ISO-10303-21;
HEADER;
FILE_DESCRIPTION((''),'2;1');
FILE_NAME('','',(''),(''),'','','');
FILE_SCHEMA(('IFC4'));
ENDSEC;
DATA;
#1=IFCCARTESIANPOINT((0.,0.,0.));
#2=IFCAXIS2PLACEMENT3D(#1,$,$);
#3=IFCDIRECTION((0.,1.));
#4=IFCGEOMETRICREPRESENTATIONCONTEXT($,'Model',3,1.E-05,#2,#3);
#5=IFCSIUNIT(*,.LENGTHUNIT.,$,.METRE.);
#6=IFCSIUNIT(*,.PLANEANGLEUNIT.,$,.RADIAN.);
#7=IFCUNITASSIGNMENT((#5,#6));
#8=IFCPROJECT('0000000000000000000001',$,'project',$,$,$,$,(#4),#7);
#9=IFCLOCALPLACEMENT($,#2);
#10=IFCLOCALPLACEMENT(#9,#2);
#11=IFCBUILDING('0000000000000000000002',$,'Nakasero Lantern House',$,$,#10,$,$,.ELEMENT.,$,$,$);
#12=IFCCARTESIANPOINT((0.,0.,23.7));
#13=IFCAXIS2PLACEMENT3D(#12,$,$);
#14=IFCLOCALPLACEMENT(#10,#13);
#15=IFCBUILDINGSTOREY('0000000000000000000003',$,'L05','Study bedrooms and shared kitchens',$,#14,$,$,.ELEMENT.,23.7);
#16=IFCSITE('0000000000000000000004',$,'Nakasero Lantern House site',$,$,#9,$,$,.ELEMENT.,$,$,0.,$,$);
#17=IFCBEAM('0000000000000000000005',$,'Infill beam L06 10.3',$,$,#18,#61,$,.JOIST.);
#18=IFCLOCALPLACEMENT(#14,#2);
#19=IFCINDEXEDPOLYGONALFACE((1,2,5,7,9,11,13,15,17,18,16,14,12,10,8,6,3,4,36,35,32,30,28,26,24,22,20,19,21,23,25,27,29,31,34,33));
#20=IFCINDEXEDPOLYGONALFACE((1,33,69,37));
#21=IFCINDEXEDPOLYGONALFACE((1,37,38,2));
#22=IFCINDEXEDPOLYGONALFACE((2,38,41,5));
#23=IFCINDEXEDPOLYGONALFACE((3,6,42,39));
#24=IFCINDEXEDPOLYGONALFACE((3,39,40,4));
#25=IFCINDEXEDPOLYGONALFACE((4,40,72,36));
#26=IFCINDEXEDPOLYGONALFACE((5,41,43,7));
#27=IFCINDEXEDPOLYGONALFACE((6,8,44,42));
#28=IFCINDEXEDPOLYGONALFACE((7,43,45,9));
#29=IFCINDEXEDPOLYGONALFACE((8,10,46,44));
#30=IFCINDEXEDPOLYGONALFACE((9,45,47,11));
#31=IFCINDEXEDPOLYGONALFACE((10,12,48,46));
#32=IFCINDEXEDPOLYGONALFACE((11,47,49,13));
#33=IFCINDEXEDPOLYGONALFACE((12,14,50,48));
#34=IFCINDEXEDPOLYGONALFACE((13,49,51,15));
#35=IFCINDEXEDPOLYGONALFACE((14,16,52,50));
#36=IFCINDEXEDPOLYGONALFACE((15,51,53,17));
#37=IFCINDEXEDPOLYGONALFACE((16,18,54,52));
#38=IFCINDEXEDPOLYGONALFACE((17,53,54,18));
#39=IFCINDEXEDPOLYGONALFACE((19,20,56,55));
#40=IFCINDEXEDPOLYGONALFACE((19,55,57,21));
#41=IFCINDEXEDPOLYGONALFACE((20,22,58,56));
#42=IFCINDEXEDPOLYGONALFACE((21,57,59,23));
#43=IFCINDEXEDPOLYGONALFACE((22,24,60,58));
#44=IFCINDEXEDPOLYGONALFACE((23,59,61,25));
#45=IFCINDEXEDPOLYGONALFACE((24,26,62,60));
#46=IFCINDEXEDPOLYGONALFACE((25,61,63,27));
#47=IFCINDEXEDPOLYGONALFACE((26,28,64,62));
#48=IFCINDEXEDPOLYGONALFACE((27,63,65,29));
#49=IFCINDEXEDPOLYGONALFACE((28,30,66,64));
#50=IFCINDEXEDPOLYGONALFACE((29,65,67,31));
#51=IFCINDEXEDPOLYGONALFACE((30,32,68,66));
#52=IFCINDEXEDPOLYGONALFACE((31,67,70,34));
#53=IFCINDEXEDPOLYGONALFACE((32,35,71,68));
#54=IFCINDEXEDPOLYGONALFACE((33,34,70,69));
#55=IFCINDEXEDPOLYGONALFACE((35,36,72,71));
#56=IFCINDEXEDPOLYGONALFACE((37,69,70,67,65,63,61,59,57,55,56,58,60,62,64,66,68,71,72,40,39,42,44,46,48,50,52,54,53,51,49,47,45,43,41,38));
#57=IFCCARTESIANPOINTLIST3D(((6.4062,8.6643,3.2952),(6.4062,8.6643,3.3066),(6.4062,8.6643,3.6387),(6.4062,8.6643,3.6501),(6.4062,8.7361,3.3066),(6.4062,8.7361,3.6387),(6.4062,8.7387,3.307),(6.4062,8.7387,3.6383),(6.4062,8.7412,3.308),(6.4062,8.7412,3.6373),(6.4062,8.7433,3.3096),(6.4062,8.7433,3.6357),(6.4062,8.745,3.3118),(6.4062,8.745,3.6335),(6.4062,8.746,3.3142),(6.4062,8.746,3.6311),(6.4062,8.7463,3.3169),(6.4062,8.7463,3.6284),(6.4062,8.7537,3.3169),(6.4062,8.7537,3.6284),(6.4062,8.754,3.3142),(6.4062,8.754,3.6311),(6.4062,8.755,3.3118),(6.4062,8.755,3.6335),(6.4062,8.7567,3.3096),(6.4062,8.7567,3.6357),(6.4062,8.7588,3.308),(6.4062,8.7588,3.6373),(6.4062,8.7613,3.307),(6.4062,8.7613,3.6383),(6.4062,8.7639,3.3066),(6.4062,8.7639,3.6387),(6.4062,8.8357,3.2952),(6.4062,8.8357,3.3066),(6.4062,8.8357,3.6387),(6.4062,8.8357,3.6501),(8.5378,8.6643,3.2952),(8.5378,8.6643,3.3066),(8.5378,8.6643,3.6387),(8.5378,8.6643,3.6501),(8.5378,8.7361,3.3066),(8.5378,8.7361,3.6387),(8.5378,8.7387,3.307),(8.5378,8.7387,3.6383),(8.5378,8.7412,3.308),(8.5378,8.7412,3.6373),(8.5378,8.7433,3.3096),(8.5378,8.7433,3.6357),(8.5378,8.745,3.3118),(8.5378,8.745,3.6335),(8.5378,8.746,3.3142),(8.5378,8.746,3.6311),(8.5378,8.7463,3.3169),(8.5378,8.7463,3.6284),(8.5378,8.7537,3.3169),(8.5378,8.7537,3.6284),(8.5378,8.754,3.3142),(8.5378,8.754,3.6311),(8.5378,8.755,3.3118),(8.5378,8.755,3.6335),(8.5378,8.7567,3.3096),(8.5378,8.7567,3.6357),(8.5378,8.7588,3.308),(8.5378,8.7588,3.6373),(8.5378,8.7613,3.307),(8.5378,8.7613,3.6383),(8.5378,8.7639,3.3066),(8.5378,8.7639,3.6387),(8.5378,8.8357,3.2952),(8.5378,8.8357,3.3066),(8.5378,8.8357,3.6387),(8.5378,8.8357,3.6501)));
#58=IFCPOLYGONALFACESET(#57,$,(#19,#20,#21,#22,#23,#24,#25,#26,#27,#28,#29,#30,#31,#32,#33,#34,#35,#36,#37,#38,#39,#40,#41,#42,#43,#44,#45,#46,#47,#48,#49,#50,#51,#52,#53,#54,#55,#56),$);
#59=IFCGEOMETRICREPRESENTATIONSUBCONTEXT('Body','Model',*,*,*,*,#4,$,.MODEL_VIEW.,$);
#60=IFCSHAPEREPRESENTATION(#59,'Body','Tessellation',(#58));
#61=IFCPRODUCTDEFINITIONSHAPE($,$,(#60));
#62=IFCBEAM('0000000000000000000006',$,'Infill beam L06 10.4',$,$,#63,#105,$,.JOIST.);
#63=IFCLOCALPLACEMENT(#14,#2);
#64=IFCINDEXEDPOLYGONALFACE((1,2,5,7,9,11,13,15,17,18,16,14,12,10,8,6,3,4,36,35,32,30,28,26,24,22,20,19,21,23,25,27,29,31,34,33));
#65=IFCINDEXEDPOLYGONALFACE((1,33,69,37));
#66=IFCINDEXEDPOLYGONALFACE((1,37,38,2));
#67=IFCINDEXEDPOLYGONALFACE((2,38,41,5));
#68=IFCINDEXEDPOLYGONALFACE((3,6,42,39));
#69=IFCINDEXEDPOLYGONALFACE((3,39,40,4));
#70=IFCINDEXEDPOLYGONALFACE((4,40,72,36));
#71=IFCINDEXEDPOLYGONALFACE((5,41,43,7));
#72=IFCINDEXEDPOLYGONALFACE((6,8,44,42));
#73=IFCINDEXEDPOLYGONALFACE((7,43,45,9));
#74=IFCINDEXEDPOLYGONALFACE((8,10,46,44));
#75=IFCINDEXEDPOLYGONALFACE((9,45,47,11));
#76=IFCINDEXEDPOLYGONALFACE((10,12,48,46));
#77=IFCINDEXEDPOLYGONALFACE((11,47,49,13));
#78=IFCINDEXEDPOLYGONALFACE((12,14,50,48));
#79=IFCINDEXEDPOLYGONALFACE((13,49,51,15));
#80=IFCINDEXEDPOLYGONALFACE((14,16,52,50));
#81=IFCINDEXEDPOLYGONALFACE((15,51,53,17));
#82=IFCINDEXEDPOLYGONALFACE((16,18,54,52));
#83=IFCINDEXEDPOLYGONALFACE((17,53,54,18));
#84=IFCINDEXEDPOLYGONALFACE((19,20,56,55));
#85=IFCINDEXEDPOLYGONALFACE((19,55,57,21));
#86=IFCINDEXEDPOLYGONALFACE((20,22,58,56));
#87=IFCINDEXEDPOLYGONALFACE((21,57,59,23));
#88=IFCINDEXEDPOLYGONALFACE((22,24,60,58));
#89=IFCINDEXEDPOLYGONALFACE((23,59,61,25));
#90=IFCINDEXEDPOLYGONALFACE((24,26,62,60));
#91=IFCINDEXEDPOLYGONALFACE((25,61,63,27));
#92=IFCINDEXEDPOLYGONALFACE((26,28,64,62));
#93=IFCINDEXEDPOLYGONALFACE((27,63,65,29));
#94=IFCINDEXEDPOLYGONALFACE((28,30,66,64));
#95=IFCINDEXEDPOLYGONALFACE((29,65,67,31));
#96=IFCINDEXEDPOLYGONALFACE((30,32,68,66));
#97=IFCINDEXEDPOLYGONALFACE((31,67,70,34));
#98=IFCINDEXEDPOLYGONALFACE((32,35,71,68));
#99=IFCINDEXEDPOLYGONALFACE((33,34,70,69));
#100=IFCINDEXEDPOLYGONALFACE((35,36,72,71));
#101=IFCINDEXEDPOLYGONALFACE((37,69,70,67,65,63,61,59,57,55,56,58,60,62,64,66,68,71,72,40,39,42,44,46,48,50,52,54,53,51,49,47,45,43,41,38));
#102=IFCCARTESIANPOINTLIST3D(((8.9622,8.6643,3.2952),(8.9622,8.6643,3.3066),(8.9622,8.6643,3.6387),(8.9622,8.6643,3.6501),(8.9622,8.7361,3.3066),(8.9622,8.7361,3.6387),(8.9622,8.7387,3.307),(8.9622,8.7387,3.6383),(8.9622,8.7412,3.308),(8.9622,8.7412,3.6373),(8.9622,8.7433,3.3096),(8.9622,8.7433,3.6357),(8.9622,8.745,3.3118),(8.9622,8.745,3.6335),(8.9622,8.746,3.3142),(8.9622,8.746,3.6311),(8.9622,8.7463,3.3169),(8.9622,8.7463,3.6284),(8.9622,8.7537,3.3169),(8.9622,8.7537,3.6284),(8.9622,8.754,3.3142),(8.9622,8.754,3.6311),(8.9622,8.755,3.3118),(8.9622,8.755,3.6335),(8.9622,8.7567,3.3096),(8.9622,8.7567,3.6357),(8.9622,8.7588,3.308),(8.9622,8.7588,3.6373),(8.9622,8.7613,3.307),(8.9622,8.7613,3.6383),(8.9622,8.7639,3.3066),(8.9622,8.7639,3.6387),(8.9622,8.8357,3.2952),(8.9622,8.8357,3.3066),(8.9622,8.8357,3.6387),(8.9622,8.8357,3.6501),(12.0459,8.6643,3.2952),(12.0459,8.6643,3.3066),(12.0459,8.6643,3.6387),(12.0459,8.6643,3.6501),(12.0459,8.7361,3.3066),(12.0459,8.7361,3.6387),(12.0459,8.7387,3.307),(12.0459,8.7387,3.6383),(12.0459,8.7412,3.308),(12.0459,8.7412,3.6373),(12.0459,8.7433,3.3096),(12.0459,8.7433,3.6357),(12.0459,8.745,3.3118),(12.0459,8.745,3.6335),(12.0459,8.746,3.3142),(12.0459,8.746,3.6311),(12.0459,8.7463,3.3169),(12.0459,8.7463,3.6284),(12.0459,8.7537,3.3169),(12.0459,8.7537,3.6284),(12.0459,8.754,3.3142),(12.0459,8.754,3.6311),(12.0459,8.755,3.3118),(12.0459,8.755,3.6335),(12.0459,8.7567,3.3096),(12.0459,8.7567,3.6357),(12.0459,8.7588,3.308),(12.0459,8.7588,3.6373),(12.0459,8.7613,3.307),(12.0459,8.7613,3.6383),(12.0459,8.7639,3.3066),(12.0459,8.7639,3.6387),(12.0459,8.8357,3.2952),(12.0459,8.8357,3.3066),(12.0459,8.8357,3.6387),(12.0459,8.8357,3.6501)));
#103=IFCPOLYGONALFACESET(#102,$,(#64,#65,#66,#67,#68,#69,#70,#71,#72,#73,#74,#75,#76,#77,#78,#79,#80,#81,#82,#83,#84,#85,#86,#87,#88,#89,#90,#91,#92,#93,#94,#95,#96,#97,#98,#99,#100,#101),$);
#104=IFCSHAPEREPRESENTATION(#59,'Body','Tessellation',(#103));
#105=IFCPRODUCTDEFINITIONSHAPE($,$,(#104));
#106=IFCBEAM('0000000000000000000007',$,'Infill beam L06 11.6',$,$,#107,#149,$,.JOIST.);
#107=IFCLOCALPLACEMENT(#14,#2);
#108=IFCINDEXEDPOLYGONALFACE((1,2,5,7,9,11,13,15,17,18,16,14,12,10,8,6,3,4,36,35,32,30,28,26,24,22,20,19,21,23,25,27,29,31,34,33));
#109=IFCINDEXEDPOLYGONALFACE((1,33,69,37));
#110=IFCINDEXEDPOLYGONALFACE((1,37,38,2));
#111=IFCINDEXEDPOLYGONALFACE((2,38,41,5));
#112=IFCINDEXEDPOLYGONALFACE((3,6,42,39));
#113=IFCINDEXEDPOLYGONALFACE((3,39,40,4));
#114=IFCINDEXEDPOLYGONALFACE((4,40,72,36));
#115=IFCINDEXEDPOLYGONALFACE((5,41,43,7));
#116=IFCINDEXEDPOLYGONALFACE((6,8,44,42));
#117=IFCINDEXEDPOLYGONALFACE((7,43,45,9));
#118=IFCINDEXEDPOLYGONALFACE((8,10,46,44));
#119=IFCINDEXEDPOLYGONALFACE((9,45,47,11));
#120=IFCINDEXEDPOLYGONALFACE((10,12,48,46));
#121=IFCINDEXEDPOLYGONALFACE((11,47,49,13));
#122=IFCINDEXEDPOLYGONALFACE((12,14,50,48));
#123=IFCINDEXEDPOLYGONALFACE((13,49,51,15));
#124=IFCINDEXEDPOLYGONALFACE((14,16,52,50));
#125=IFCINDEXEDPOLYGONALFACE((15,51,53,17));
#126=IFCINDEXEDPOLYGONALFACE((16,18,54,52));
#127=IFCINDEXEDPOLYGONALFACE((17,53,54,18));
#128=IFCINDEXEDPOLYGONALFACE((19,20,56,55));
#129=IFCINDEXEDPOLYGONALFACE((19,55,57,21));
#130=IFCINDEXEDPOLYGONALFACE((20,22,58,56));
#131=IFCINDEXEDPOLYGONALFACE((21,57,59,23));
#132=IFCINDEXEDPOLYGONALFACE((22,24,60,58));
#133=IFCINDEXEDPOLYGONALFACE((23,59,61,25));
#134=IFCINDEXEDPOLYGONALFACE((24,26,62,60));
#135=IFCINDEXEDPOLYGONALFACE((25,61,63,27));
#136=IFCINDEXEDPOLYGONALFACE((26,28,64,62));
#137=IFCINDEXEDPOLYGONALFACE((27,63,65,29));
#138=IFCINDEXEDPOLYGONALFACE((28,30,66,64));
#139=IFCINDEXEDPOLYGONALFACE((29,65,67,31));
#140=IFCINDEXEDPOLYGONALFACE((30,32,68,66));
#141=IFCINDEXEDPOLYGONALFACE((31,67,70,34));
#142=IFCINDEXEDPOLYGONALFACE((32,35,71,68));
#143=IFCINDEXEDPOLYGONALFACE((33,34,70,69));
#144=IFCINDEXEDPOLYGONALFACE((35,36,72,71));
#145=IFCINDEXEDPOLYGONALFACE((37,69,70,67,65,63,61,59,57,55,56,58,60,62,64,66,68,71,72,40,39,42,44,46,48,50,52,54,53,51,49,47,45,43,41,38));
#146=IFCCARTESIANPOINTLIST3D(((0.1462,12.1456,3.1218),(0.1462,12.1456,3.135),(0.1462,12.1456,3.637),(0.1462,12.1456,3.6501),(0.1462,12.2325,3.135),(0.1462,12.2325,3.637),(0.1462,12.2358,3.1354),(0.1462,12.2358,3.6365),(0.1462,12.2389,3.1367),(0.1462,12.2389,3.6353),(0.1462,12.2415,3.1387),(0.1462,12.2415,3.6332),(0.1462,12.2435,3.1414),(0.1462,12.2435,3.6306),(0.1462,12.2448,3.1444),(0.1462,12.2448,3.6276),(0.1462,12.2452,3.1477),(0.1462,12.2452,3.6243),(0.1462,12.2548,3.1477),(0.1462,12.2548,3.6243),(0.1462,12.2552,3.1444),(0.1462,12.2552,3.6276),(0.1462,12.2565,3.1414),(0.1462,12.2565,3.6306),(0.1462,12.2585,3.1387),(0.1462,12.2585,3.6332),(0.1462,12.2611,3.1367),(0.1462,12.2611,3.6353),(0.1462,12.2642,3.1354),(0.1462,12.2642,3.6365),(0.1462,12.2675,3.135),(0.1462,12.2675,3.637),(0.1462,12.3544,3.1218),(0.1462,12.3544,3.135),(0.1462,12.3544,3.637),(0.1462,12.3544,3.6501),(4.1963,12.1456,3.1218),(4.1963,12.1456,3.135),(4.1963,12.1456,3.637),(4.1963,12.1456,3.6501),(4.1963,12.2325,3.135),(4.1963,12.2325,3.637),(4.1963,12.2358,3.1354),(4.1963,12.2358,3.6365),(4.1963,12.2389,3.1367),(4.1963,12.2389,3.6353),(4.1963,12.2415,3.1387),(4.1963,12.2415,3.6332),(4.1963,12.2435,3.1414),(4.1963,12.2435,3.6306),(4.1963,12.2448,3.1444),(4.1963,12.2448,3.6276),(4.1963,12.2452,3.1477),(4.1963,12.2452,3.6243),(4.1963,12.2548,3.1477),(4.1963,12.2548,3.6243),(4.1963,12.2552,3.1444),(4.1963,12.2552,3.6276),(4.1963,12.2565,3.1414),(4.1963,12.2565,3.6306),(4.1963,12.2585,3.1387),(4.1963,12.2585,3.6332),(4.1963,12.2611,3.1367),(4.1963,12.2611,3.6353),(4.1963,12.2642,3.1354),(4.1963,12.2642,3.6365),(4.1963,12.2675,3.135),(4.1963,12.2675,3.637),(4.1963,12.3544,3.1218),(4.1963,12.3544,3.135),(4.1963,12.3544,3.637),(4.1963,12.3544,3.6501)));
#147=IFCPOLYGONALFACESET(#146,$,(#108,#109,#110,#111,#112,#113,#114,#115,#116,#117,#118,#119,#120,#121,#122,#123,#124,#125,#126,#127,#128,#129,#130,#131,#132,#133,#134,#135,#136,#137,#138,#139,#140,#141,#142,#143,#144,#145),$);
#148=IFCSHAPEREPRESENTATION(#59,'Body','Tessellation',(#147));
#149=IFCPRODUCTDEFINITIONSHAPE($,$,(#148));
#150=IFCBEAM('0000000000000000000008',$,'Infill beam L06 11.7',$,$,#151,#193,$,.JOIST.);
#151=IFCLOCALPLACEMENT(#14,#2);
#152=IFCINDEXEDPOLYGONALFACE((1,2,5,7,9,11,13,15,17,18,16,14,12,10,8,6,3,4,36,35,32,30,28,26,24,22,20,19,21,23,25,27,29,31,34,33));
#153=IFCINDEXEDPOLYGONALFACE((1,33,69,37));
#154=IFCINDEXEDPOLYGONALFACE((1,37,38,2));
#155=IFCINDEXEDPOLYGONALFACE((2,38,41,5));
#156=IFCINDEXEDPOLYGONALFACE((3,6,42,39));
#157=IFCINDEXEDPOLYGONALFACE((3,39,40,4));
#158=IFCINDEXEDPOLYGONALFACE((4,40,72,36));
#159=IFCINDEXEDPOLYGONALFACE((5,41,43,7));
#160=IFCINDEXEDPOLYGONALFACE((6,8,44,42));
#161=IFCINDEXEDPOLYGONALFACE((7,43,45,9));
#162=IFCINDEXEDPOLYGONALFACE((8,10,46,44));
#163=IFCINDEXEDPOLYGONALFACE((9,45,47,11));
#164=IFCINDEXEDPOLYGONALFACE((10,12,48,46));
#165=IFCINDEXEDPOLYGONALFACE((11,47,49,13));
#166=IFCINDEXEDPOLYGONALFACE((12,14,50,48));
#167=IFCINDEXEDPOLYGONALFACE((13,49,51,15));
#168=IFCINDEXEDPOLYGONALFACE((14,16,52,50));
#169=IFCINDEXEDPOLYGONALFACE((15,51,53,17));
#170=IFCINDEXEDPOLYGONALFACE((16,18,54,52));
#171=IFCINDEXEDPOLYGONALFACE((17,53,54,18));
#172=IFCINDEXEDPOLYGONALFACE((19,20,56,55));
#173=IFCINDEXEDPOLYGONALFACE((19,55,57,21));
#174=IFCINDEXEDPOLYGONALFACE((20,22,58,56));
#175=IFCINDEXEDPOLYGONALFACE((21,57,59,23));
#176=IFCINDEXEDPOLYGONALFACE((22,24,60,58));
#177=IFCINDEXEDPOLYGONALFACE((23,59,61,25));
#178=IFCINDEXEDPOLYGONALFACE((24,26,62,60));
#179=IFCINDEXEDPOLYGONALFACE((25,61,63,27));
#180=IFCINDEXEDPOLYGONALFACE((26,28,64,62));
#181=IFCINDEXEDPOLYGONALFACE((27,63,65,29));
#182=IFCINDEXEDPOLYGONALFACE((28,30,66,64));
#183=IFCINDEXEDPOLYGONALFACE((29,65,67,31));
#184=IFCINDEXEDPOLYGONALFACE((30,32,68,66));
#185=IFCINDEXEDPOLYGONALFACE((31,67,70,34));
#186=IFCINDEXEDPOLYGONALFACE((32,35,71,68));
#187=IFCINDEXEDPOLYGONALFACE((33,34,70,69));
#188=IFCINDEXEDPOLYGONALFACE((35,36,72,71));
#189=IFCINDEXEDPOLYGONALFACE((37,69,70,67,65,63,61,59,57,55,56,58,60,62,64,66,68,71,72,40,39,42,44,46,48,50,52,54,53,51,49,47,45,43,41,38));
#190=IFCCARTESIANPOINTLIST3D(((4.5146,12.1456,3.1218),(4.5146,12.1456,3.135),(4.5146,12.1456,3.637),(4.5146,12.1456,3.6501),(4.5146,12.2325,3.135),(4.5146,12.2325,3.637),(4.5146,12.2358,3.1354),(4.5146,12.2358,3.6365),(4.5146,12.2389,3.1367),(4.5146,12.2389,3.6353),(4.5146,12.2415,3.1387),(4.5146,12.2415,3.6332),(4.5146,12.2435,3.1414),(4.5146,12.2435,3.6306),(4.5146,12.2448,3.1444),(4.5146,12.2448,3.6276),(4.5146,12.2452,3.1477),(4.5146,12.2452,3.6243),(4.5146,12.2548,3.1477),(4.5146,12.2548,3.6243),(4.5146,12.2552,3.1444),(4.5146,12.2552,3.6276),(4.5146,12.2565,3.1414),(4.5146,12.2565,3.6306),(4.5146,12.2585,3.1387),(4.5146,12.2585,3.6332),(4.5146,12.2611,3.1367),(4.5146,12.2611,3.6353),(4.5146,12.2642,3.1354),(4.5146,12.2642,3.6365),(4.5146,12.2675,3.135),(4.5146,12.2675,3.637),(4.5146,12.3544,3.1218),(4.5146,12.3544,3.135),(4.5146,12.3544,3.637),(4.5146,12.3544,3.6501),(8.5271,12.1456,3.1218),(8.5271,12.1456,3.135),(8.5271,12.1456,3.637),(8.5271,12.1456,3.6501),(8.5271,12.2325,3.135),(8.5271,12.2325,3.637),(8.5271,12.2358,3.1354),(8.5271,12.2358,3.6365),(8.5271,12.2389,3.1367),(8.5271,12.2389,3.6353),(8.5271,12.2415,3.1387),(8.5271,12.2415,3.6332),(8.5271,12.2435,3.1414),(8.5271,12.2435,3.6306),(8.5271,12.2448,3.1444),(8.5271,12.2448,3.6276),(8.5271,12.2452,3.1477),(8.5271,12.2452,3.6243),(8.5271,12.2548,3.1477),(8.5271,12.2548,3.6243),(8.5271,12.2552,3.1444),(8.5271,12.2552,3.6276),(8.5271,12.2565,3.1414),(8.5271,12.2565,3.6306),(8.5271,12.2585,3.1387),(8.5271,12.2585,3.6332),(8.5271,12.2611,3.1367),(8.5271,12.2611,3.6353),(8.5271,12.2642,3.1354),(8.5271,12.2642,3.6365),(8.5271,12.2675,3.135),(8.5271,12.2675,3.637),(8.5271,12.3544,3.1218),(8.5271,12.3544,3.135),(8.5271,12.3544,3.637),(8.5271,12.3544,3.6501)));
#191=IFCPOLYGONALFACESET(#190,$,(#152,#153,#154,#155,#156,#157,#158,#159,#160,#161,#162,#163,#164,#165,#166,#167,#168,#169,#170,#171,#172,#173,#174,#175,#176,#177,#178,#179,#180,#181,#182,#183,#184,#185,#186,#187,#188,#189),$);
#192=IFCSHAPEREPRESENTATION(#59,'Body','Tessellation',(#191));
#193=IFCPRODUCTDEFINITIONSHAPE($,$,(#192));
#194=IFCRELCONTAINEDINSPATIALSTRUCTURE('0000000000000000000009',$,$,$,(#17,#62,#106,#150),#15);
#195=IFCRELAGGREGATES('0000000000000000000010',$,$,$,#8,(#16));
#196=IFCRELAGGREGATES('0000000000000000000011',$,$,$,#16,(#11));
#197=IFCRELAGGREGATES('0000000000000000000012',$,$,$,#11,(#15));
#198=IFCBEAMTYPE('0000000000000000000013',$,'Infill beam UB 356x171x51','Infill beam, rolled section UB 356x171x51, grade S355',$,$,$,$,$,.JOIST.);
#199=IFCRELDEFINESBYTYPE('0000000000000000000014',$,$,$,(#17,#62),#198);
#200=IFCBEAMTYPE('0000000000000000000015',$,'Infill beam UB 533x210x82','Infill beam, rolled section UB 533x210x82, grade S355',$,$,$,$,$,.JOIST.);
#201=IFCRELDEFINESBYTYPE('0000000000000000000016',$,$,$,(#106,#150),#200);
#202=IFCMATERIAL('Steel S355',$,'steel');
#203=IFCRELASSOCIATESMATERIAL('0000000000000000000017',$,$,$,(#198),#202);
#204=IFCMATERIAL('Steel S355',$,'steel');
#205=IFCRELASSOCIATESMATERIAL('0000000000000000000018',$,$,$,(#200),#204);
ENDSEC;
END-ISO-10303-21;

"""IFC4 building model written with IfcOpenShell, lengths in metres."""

from ifc_helpers import new_model, si_unit, direction, frame, origin, origin_2d, place, context, subcontext, project, spatial, i_section, extrude, material, material_profile, profile_set, type_object, element, save


model = new_model("IFC4")

# Units and contexts
model_context = context("Model", 3, precision=1e-05, world=origin(), true_north=direction((0.0, 1.0)))
body_context = subcontext(model_context, "Body", "Model", "MODEL_VIEW")
ifc_project = project(units=[si_unit("LENGTHUNIT", "METRE"), si_unit("PLANEANGLEUNIT", "RADIAN")], contexts=[model_context])

# Site, building, storey
site_placement = place(None, origin())
site = spatial("IfcSite", under=ifc_project, at=site_placement, Name="Nakasero Lantern House site", CompositionType="ELEMENT", RefElevation=0.0)
building_placement = place(site_placement, origin())
building = spatial("IfcBuilding", under=site, at=building_placement, Name="Nakasero Lantern House", CompositionType="ELEMENT")
storey_placement = place(building_placement, frame((0.0, 0.0, 23.7)))
storey = spatial("IfcBuildingStorey", under=building, at=storey_placement, Name="L05", Description="Study bedrooms and shared kitchens", CompositionType="ELEMENT", Elevation=23.7)

# Beams
ifc_material_1 = material(Name="Steel S355", Category="steel")
ifc_material_profile_1 = material_profile(ifc_material_1, i_section(OverallWidth=0.1714, OverallDepth=0.355, WebThickness=0.0073, FlangeThickness=0.0115, FilletRadius=0.0103, at=origin_2d()), Name="UB 356x171x51")
ifc_profile_set_1 = profile_set([ifc_material_profile_1], Name="Steel S355")
beam_type_1 = type_object("IfcBeamType", Name="Infill beam UB 356x171x51", Description="Infill beam, rolled section UB 356x171x51, grade S355", PredefinedType="JOIST", material=ifc_profile_set_1)
beam_1_placement = place(storey_placement, frame((6.4062, 8.75, 3.4727), z_axis=(1.0, 0.0, 0.0), x_axis=(0.0, 1.0, 0.0)))
element("IfcBeam", 1, at=beam_1_placement, inside=storey, type_object=beam_type_1, Name="Infill beam L06 10.3", PredefinedType="JOIST", context=body_context, shape_type="SweptSolid", body=[
    extrude(i_section(OverallWidth=0.1714, OverallDepth=0.355, WebThickness=0.0073, FlangeThickness=0.0115, FilletRadius=0.0103, at=origin_2d()), origin(), (0.0, 0.0, 1.0), 2.1316),
])
beam_2_placement = place(storey_placement, frame((8.9622, 8.75, 3.4727), z_axis=(1.0, 0.0, 0.0), x_axis=(0.0, 1.0, 0.0)))
element("IfcBeam", 2, at=beam_2_placement, inside=storey, type_object=beam_type_1, Name="Infill beam L06 10.4", PredefinedType="JOIST", context=body_context, shape_type="SweptSolid", body=[
    extrude(i_section(OverallWidth=0.1714, OverallDepth=0.355, WebThickness=0.0073, FlangeThickness=0.0115, FilletRadius=0.0103, at=origin_2d()), origin(), (0.0, 0.0, 1.0), 3.0837),
])
ifc_material_2 = material(Name="Steel S355", Category="steel")
ifc_material_profile_2 = material_profile(ifc_material_2, i_section(OverallWidth=0.2087, OverallDepth=0.5283, WebThickness=0.0095, FlangeThickness=0.0132, FilletRadius=0.0127, at=origin_2d()), Name="UB 533x210x82")
ifc_profile_set_2 = profile_set([ifc_material_profile_2], Name="Steel S355")
beam_type_2 = type_object("IfcBeamType", Name="Infill beam UB 533x210x82", Description="Infill beam, rolled section UB 533x210x82, grade S355", PredefinedType="JOIST", material=ifc_profile_set_2)
beam_3_placement = place(storey_placement, frame((0.1462, 12.25, 3.386), z_axis=(1.0, 0.0, 0.0), x_axis=(0.0, 1.0, 0.0)))
element("IfcBeam", 3, at=beam_3_placement, inside=storey, type_object=beam_type_2, Name="Infill beam L06 11.6", PredefinedType="JOIST", context=body_context, shape_type="SweptSolid", body=[
    extrude(i_section(OverallWidth=0.2087, OverallDepth=0.5283, WebThickness=0.0095, FlangeThickness=0.0132, FilletRadius=0.0127, at=origin_2d()), origin(), (0.0, 0.0, 1.0), 4.05),
])
beam_4_placement = place(storey_placement, frame((4.5146, 12.25, 3.386), z_axis=(1.0, 0.0, 0.0), x_axis=(0.0, 1.0, 0.0)))
element("IfcBeam", 4, at=beam_4_placement, inside=storey, type_object=beam_type_2, Name="Infill beam L06 11.7", PredefinedType="JOIST", context=body_context, shape_type="SweptSolid", body=[
    extrude(i_section(OverallWidth=0.2087, OverallDepth=0.5283, WebThickness=0.0095, FlangeThickness=0.0132, FilletRadius=0.0127, at=origin_2d()), origin(), (0.0, 0.0, 1.0), 4.0125),
])

save(model, "model.ifc")
